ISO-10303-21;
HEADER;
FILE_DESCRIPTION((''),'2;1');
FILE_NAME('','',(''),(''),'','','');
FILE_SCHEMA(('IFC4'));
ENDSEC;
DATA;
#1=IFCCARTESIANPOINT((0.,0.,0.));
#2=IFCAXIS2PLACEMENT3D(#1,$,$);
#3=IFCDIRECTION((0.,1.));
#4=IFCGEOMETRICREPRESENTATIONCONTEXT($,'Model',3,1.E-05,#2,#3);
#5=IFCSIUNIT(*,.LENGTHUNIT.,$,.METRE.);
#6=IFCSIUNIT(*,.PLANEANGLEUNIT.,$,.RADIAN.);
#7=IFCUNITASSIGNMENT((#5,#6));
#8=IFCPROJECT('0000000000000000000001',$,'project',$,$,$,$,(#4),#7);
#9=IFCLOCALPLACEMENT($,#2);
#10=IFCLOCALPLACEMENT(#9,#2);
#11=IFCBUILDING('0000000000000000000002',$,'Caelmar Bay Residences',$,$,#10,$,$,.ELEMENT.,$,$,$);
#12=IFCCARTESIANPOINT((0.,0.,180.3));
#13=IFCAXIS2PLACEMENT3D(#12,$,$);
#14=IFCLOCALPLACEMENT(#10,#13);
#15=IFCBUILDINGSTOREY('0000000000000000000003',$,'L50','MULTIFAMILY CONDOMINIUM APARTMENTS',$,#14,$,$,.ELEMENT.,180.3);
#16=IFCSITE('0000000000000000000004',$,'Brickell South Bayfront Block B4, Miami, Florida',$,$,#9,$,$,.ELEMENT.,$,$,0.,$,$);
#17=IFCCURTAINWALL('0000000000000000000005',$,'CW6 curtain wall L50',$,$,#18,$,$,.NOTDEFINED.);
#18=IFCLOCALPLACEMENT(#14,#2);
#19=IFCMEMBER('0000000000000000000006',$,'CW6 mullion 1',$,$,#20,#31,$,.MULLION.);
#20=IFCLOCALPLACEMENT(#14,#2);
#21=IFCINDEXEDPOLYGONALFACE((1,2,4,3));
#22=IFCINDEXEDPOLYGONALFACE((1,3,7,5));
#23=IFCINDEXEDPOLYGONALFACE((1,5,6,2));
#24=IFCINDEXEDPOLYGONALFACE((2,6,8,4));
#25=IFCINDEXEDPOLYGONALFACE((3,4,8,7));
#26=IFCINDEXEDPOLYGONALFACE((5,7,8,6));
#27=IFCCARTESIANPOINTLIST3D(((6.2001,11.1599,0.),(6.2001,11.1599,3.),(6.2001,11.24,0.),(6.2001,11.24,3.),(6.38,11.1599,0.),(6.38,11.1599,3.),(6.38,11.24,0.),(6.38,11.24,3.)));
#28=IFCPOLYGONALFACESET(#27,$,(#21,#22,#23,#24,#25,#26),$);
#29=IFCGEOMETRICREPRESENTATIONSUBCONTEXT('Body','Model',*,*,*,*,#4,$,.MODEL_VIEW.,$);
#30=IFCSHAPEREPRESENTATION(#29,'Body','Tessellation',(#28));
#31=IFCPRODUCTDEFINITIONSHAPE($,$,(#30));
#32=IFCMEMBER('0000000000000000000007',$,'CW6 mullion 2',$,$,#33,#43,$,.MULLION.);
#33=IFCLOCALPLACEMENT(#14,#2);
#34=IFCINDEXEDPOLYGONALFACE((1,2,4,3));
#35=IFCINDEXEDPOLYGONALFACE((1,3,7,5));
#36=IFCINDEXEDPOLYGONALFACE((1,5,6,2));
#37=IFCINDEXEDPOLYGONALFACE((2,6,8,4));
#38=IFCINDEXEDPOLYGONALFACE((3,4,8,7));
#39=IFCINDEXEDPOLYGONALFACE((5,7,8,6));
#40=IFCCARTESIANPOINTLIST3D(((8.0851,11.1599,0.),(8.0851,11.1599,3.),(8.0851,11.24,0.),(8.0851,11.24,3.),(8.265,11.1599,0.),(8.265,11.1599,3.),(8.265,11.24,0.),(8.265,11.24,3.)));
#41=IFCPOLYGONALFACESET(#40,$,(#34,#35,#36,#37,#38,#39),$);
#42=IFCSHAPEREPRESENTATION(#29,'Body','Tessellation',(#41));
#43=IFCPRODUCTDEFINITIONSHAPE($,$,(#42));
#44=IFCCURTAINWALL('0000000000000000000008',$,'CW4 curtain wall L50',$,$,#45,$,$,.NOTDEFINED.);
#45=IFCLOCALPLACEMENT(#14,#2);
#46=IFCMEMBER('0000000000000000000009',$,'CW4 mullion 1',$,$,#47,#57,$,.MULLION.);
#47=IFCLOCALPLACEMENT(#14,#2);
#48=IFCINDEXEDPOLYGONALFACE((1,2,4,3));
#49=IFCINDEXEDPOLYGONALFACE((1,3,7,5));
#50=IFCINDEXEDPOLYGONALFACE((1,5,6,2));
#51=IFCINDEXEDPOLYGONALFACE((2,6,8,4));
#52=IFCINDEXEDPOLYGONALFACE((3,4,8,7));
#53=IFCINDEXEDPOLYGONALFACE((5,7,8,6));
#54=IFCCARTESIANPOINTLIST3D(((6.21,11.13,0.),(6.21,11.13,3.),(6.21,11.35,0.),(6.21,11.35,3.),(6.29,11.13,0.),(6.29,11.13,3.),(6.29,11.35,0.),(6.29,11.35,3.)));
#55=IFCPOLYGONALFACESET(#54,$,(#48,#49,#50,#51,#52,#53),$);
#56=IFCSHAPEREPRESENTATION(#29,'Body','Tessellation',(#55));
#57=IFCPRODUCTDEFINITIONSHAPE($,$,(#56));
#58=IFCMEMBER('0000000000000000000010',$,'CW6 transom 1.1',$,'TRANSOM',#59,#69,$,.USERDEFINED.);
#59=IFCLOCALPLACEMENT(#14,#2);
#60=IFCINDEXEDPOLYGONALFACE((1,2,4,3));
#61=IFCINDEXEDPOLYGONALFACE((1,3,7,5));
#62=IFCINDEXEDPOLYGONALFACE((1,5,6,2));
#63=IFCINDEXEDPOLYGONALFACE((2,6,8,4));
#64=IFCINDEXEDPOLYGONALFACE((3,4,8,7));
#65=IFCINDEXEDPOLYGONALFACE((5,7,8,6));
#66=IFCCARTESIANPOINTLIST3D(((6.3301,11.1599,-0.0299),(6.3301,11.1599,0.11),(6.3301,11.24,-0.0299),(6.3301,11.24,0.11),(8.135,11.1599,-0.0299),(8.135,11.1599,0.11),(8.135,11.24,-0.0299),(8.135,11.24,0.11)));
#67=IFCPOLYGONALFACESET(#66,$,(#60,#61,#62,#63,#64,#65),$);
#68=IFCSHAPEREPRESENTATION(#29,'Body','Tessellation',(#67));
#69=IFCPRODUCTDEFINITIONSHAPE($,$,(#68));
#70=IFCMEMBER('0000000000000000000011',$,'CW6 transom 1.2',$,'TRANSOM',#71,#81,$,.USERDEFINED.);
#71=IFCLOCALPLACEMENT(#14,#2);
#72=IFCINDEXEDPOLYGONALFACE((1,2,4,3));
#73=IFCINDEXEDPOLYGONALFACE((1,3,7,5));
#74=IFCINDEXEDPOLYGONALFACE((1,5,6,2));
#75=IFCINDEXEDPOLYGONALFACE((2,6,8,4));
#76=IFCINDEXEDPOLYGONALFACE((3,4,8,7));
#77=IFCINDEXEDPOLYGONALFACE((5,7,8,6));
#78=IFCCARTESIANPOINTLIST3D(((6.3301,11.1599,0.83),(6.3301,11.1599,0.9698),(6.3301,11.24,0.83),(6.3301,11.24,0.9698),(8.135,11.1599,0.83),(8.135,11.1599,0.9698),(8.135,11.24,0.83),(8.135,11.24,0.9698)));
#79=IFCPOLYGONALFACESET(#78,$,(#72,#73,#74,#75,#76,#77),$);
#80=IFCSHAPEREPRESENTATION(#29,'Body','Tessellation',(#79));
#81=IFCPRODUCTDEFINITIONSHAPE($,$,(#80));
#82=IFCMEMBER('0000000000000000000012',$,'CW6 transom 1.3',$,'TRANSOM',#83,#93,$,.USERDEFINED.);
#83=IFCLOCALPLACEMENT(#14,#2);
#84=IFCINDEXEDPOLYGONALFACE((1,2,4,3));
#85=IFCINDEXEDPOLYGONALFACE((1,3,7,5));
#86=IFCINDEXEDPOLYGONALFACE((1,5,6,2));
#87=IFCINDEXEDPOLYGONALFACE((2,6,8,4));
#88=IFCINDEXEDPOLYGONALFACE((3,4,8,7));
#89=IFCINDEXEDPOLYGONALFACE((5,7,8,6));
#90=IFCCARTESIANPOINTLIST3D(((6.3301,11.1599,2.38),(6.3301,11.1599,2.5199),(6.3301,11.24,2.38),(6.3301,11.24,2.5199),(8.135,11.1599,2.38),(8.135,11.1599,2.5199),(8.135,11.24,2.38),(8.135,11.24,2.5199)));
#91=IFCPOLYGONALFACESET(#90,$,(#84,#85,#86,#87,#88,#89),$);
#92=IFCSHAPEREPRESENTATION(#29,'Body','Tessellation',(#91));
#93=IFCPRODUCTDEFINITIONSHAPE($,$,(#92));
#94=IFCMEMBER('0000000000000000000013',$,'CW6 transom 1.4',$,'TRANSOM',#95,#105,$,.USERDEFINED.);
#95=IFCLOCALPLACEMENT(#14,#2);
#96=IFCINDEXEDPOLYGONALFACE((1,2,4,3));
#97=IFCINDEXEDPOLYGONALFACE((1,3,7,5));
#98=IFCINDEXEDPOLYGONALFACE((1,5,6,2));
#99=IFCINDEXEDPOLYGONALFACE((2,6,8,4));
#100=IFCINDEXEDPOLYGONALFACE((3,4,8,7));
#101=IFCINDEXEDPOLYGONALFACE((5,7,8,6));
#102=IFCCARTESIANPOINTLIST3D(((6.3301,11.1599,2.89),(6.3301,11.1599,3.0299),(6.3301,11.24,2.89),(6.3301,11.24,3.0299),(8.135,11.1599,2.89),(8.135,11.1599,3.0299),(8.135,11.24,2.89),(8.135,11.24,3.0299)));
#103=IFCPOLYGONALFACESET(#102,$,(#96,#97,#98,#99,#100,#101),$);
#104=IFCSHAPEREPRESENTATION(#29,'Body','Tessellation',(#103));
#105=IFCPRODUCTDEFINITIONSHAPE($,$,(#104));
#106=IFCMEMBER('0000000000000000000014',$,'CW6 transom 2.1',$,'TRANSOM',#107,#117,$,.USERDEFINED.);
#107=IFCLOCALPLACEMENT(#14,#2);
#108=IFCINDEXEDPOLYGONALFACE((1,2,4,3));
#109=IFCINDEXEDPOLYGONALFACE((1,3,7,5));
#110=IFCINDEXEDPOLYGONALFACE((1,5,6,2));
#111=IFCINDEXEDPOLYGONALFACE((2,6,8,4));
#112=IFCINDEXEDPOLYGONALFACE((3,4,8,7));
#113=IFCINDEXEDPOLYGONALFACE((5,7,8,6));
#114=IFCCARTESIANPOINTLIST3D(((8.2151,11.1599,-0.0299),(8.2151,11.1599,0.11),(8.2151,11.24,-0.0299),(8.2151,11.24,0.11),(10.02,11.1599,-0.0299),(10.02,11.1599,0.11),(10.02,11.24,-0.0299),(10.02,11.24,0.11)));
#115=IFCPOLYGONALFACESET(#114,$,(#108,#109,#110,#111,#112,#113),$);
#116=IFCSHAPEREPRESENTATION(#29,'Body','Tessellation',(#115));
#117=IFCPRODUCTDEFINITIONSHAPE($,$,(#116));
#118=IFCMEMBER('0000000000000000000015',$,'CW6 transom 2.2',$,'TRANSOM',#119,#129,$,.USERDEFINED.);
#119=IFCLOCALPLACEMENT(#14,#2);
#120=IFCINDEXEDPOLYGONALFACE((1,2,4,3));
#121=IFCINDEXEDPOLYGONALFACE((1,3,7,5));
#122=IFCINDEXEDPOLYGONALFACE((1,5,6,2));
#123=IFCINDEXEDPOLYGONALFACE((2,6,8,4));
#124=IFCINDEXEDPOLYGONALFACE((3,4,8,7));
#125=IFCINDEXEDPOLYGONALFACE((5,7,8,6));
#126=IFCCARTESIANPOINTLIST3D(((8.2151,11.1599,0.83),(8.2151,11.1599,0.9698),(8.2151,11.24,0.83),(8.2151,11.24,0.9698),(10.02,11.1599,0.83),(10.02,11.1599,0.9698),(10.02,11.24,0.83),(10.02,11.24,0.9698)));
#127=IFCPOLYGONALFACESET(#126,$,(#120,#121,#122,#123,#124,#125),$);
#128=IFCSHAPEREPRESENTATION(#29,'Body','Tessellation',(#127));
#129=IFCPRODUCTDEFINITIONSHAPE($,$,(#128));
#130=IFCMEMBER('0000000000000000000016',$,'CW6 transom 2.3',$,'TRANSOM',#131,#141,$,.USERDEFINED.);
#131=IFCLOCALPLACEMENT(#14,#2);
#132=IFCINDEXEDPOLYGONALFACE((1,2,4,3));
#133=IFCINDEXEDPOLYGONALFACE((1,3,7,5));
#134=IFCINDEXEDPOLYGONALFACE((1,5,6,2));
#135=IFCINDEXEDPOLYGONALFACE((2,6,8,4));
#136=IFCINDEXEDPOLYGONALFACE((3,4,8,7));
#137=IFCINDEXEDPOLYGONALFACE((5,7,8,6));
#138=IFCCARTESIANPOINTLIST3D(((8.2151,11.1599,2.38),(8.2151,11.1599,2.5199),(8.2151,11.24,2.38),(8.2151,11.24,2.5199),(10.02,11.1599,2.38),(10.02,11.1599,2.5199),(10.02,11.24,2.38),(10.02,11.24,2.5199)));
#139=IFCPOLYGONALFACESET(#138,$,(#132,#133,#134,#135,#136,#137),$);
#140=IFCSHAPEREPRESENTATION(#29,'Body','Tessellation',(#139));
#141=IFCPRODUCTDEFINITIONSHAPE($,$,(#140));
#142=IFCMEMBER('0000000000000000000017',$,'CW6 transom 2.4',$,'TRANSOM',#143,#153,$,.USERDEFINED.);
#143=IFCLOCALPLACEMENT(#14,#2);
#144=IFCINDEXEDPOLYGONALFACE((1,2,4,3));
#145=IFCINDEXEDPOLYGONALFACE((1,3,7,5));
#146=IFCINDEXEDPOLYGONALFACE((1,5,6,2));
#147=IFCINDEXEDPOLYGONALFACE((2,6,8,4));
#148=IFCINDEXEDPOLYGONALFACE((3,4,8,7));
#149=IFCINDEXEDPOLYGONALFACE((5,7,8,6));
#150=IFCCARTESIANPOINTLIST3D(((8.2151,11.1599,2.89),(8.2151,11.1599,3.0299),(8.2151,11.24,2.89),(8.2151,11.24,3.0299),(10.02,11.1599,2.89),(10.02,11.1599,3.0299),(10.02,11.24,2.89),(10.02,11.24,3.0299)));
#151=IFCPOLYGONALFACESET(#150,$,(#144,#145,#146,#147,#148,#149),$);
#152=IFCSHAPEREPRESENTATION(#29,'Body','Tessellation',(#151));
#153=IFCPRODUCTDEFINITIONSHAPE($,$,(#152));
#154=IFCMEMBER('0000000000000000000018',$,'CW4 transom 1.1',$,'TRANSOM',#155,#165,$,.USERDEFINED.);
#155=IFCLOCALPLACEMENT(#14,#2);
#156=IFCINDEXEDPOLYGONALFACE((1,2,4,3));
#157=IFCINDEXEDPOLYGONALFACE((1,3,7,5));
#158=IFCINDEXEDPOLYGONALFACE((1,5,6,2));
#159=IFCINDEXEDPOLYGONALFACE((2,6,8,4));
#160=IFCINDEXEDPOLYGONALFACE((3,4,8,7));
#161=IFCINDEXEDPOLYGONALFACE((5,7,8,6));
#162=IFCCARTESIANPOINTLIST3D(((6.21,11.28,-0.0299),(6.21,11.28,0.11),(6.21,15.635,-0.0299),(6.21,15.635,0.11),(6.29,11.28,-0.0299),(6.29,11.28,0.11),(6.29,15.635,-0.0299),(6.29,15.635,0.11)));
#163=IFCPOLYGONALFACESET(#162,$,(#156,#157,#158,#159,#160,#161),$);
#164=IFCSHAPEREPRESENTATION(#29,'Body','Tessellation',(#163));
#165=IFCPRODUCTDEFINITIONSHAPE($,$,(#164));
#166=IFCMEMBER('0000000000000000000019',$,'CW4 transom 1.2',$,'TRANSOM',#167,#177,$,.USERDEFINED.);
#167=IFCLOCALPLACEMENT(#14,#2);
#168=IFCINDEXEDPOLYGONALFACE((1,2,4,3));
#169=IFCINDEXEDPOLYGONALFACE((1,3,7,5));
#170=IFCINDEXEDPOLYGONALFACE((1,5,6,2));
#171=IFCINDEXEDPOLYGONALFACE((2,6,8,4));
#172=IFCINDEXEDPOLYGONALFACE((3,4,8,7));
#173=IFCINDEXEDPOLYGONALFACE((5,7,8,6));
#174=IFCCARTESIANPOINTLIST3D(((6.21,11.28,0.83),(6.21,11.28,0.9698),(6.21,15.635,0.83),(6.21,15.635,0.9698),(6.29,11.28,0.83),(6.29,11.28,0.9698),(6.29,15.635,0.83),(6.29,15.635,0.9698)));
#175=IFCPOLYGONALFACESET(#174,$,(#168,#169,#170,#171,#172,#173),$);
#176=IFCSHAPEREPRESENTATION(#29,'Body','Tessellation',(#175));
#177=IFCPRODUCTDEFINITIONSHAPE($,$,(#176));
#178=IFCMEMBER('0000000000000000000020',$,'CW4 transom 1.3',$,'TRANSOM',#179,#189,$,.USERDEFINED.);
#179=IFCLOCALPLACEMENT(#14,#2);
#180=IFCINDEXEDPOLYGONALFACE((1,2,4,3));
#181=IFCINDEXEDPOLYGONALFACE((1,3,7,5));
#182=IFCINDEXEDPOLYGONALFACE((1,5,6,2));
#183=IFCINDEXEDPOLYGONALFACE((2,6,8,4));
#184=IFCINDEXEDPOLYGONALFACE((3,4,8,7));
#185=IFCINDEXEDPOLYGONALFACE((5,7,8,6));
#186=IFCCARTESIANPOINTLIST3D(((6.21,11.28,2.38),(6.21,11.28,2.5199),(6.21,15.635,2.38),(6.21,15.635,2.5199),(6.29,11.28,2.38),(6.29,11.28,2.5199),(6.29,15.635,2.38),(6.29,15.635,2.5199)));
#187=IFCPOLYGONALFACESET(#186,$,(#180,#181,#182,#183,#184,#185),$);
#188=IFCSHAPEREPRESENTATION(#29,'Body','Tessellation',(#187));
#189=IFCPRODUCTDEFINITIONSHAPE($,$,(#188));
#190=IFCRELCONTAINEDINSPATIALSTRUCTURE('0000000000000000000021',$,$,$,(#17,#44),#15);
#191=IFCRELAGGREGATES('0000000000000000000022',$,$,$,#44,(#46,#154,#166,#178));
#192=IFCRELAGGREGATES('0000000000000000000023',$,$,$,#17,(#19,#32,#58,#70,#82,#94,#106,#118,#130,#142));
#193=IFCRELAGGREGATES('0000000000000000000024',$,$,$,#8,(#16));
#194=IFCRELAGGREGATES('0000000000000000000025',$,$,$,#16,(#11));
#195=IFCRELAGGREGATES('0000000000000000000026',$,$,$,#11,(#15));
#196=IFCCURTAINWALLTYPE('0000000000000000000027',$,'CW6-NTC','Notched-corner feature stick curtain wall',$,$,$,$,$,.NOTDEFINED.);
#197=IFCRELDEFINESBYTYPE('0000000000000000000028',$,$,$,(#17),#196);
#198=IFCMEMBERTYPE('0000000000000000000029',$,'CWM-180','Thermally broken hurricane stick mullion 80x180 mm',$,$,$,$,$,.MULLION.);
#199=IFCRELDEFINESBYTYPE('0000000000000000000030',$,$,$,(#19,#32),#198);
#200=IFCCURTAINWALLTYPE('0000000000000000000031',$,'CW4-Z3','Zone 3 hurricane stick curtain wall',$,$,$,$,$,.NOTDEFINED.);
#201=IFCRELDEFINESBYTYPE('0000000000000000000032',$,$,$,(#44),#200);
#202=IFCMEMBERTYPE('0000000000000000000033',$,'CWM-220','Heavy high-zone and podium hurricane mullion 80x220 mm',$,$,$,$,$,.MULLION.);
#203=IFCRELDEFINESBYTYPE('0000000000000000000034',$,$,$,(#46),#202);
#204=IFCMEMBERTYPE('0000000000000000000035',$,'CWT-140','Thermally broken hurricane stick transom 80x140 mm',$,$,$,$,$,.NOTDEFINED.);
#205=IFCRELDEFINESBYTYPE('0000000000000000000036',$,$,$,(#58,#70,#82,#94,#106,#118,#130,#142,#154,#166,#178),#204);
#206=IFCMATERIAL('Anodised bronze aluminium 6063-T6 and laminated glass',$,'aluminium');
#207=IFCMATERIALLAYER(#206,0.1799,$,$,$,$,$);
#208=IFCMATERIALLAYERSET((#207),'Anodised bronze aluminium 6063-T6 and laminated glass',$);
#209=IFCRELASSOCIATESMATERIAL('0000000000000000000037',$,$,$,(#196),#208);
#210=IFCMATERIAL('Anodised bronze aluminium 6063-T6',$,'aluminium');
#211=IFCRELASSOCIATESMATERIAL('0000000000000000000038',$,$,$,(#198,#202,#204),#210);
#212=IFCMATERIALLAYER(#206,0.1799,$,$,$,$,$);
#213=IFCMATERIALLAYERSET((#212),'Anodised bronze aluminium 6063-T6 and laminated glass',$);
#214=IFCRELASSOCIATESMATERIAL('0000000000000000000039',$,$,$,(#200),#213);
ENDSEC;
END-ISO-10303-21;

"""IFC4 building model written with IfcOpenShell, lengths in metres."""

from ifc_helpers import new_model, si_unit, direction, frame, origin, origin_2d, place, context, subcontext, project, spatial, rectangle, extrude, material, layer, layer_set, material_profile, profile_set, type_object, element, aggregate, save


model = new_model("IFC4")

# Units and contexts
model_context = context("Model", 3, precision=1e-05, world=origin(), true_north=direction((0.0, 1.0)))
body_context = subcontext(model_context, "Body", "Model", "MODEL_VIEW")
ifc_project = project(units=[si_unit("LENGTHUNIT", "METRE"), si_unit("PLANEANGLEUNIT", "RADIAN")], contexts=[model_context])

# Site, building, storey
site_placement = place(None, origin())
site = spatial("IfcSite", under=ifc_project, at=site_placement, Name="Brickell South Bayfront Block B4, Miami, Florida", CompositionType="ELEMENT", RefElevation=0.0)
building_placement = place(site_placement, origin())
building = spatial("IfcBuilding", under=site, at=building_placement, Name="Caelmar Bay Residences", CompositionType="ELEMENT")
storey_placement = place(building_placement, frame((0.0, 0.0, 180.3)))
storey = spatial("IfcBuildingStorey", under=building, at=storey_placement, Name="L50", Description="MULTIFAMILY CONDOMINIUM APARTMENTS", CompositionType="ELEMENT", Elevation=180.3)

# Curtain wall, members
ifc_material_1 = material(Name="Anodised bronze aluminium 6063-T6 and laminated glass", Category="aluminium")
ifc_layer_1 = layer(ifc_material_1, 0.1799)
ifc_layer_set_1 = layer_set([ifc_layer_1], Name="Anodised bronze aluminium 6063-T6 and laminated glass")
curtain_wall_type_1 = type_object("IfcCurtainWallType", Name="CW6-NTC", Description="Notched-corner feature stick curtain wall", PredefinedType="NOTDEFINED", material=ifc_layer_set_1)
curtain_wall_1_placement = place(storey_placement, origin())
curtain_wall_1 = element("IfcCurtainWall", 1, at=curtain_wall_1_placement, inside=storey, type_object=curtain_wall_type_1, Name="CW6 curtain wall L50", PredefinedType="NOTDEFINED")
ifc_material_2 = material(Name="Anodised bronze aluminium 6063-T6", Category="aluminium")
ifc_material_profile_1 = material_profile(ifc_material_2, rectangle(XDim=0.0801, YDim=0.1799, at=origin_2d()), Name="CWM-80X180")
ifc_profile_set_1 = profile_set([ifc_material_profile_1], Name="Anodised bronze aluminium 6063-T6")
member_type_1 = type_object("IfcMemberType", Name="CWM-180", Description="Thermally broken hurricane stick mullion 80x180 mm", PredefinedType="MULLION", material=ifc_profile_set_1)
member_1_placement = place(storey_placement, frame((6.29, 11.2, 0.0), z_axis=(0.0, 0.0, 1.0), x_axis=(0.0, 1.0, 0.0)))
member_1 = element("IfcMember", 2, at=member_1_placement, type_object=member_type_1, Name="CW6 mullion 1", PredefinedType="MULLION", context=body_context, shape_type="SweptSolid", body=[
    extrude(rectangle(XDim=0.0801, YDim=0.1799, at=origin_2d()), origin(), (0.0, 0.0, 1.0), 3.0),
])
member_2_placement = place(storey_placement, frame((8.175, 11.2, 0.0), z_axis=(0.0, 0.0, 1.0), x_axis=(0.0, 1.0, 0.0)))
member_2 = element("IfcMember", 3, at=member_2_placement, type_object=member_type_1, Name="CW6 mullion 2", PredefinedType="MULLION", context=body_context, shape_type="SweptSolid", body=[
    extrude(rectangle(XDim=0.0801, YDim=0.1799, at=origin_2d()), origin(), (0.0, 0.0, 1.0), 3.0),
])

# Curtain wall, member
ifc_layer_2 = layer(ifc_material_1, 0.1799)
ifc_layer_set_2 = layer_set([ifc_layer_2], Name="Anodised bronze aluminium 6063-T6 and laminated glass")
curtain_wall_type_2 = type_object("IfcCurtainWallType", Name="CW4-Z3", Description="Zone 3 hurricane stick curtain wall", PredefinedType="NOTDEFINED", material=ifc_layer_set_2)
curtain_wall_2_placement = place(storey_placement, origin())
curtain_wall_2 = element("IfcCurtainWall", 4, at=curtain_wall_2_placement, inside=storey, type_object=curtain_wall_type_2, Name="CW4 curtain wall L50", PredefinedType="NOTDEFINED")
ifc_material_profile_2 = material_profile(ifc_material_2, rectangle(XDim=0.0801, YDim=0.22, at=origin_2d()), Name="CWM-80X220")
ifc_profile_set_2 = profile_set([ifc_material_profile_2], Name="Anodised bronze aluminium 6063-T6")
member_type_2 = type_object("IfcMemberType", Name="CWM-220", Description="Heavy high-zone and podium hurricane mullion 80x220 mm", PredefinedType="MULLION", material=ifc_profile_set_2)
member_3_placement = place(storey_placement, frame((6.25, 11.24, 0.0), z_axis=(0.0, 0.0, 1.0), x_axis=(-1.0, 0.0, 0.0)))
member_3 = element("IfcMember", 5, at=member_3_placement, type_object=member_type_2, Name="CW4 mullion 1", PredefinedType="MULLION", context=body_context, shape_type="SweptSolid", body=[
    extrude(rectangle(XDim=0.0801, YDim=0.22, at=origin_2d()), origin(), (0.0, 0.0, 1.0), 3.0),
])

# Members
ifc_material_profile_3 = material_profile(ifc_material_2, rectangle(XDim=0.0801, YDim=0.1399, at=origin_2d()), Name="CWT-80X140")
ifc_profile_set_3 = profile_set([ifc_material_profile_3], Name="Anodised bronze aluminium 6063-T6")
member_type_3 = type_object("IfcMemberType", Name="CWT-140", Description="Thermally broken hurricane stick transom 80x140 mm", PredefinedType="NOTDEFINED", material=ifc_profile_set_3)
member_4_placement = place(storey_placement, frame((6.3301, 11.2, 0.04), z_axis=(1.0, 0.0, 0.0), x_axis=(0.0, 1.0, 0.0)))
member_4 = element("IfcMember", 6, at=member_4_placement, type_object=member_type_3, Name="CW6 transom 1.1", ObjectType="TRANSOM", PredefinedType="USERDEFINED", context=body_context, shape_type="SweptSolid", body=[
    extrude(rectangle(XDim=0.0801, YDim=0.1399, at=origin_2d()), origin(), (0.0, 0.0, 1.0), 1.8049),
])
member_5_placement = place(storey_placement, frame((6.3301, 11.2, 0.8999), z_axis=(1.0, 0.0, 0.0), x_axis=(0.0, 1.0, 0.0)))
member_5 = element("IfcMember", 7, at=member_5_placement, type_object=member_type_3, Name="CW6 transom 1.2", ObjectType="TRANSOM", PredefinedType="USERDEFINED", context=body_context, shape_type="SweptSolid", body=[
    extrude(rectangle(XDim=0.0801, YDim=0.1399, at=origin_2d()), origin(), (0.0, 0.0, 1.0), 1.8049),
])
member_6_placement = place(storey_placement, frame((6.3301, 11.2, 2.45), z_axis=(1.0, 0.0, 0.0), x_axis=(0.0, 1.0, 0.0)))
member_6 = element("IfcMember", 8, at=member_6_placement, type_object=member_type_3, Name="CW6 transom 1.3", ObjectType="TRANSOM", PredefinedType="USERDEFINED", context=body_context, shape_type="SweptSolid", body=[
    extrude(rectangle(XDim=0.0801, YDim=0.1399, at=origin_2d()), origin(), (0.0, 0.0, 1.0), 1.8049),
])
member_7_placement = place(storey_placement, frame((6.3301, 11.2, 2.96), z_axis=(1.0, 0.0, 0.0), x_axis=(0.0, 1.0, 0.0)))
member_7 = element("IfcMember", 9, at=member_7_placement, type_object=member_type_3, Name="CW6 transom 1.4", ObjectType="TRANSOM", PredefinedType="USERDEFINED", context=body_context, shape_type="SweptSolid", body=[
    extrude(rectangle(XDim=0.0801, YDim=0.1399, at=origin_2d()), origin(), (0.0, 0.0, 1.0), 1.8049),
])
member_8_placement = place(storey_placement, frame((8.2151, 11.2, 0.04), z_axis=(1.0, 0.0, 0.0), x_axis=(0.0, 1.0, 0.0)))
member_8 = element("IfcMember", 10, at=member_8_placement, type_object=member_type_3, Name="CW6 transom 2.1", ObjectType="TRANSOM", PredefinedType="USERDEFINED", context=body_context, shape_type="SweptSolid", body=[
    extrude(rectangle(XDim=0.0801, YDim=0.1399, at=origin_2d()), origin(), (0.0, 0.0, 1.0), 1.8049),
])
member_9_placement = place(storey_placement, frame((8.2151, 11.2, 0.8999), z_axis=(1.0, 0.0, 0.0), x_axis=(0.0, 1.0, 0.0)))
member_9 = element("IfcMember", 11, at=member_9_placement, type_object=member_type_3, Name="CW6 transom 2.2", ObjectType="TRANSOM", PredefinedType="USERDEFINED", context=body_context, shape_type="SweptSolid", body=[
    extrude(rectangle(XDim=0.0801, YDim=0.1399, at=origin_2d()), origin(), (0.0, 0.0, 1.0), 1.8049),
])
member_10_placement = place(storey_placement, frame((8.2151, 11.2, 2.45), z_axis=(1.0, 0.0, 0.0), x_axis=(0.0, 1.0, 0.0)))
member_10 = element("IfcMember", 12, at=member_10_placement, type_object=member_type_3, Name="CW6 transom 2.3", ObjectType="TRANSOM", PredefinedType="USERDEFINED", context=body_context, shape_type="SweptSolid", body=[
    extrude(rectangle(XDim=0.0801, YDim=0.1399, at=origin_2d()), origin(), (0.0, 0.0, 1.0), 1.8049),
])
member_11_placement = place(storey_placement, frame((8.2151, 11.2, 2.96), z_axis=(1.0, 0.0, 0.0), x_axis=(0.0, 1.0, 0.0)))
member_11 = element("IfcMember", 13, at=member_11_placement, type_object=member_type_3, Name="CW6 transom 2.4", ObjectType="TRANSOM", PredefinedType="USERDEFINED", context=body_context, shape_type="SweptSolid", body=[
    extrude(rectangle(XDim=0.0801, YDim=0.1399, at=origin_2d()), origin(), (0.0, 0.0, 1.0), 1.8049),
])
member_12_placement = place(storey_placement, frame((6.25, 11.28, 0.04), z_axis=(0.0, 1.0, 0.0), x_axis=(-1.0, 0.0, 0.0)))
member_12 = element("IfcMember", 14, at=member_12_placement, type_object=member_type_3, Name="CW4 transom 1.1", ObjectType="TRANSOM", PredefinedType="USERDEFINED", context=body_context, shape_type="SweptSolid", body=[
    extrude(rectangle(XDim=0.0801, YDim=0.1399, at=origin_2d()), origin(), (0.0, 0.0, 1.0), 4.355),
])
member_13_placement = place(storey_placement, frame((6.25, 11.28, 0.8999), z_axis=(0.0, 1.0, 0.0), x_axis=(-1.0, 0.0, 0.0)))
member_13 = element("IfcMember", 15, at=member_13_placement, type_object=member_type_3, Name="CW4 transom 1.2", ObjectType="TRANSOM", PredefinedType="USERDEFINED", context=body_context, shape_type="SweptSolid", body=[
    extrude(rectangle(XDim=0.0801, YDim=0.1399, at=origin_2d()), origin(), (0.0, 0.0, 1.0), 4.355),
])
member_14_placement = place(storey_placement, frame((6.25, 11.28, 2.45), z_axis=(0.0, 1.0, 0.0), x_axis=(-1.0, 0.0, 0.0)))
member_14 = element("IfcMember", 16, at=member_14_placement, type_object=member_type_3, Name="CW4 transom 1.3", ObjectType="TRANSOM", PredefinedType="USERDEFINED", context=body_context, shape_type="SweptSolid", body=[
    extrude(rectangle(XDim=0.0801, YDim=0.1399, at=origin_2d()), origin(), (0.0, 0.0, 1.0), 4.355),
])
aggregate(curtain_wall_2, [member_3, member_12, member_13, member_14])

aggregate(curtain_wall_1, [member_1, member_2, member_4, member_5, member_6, member_7, member_8, member_9, member_10, member_11])

save(model, "model.ifc")
